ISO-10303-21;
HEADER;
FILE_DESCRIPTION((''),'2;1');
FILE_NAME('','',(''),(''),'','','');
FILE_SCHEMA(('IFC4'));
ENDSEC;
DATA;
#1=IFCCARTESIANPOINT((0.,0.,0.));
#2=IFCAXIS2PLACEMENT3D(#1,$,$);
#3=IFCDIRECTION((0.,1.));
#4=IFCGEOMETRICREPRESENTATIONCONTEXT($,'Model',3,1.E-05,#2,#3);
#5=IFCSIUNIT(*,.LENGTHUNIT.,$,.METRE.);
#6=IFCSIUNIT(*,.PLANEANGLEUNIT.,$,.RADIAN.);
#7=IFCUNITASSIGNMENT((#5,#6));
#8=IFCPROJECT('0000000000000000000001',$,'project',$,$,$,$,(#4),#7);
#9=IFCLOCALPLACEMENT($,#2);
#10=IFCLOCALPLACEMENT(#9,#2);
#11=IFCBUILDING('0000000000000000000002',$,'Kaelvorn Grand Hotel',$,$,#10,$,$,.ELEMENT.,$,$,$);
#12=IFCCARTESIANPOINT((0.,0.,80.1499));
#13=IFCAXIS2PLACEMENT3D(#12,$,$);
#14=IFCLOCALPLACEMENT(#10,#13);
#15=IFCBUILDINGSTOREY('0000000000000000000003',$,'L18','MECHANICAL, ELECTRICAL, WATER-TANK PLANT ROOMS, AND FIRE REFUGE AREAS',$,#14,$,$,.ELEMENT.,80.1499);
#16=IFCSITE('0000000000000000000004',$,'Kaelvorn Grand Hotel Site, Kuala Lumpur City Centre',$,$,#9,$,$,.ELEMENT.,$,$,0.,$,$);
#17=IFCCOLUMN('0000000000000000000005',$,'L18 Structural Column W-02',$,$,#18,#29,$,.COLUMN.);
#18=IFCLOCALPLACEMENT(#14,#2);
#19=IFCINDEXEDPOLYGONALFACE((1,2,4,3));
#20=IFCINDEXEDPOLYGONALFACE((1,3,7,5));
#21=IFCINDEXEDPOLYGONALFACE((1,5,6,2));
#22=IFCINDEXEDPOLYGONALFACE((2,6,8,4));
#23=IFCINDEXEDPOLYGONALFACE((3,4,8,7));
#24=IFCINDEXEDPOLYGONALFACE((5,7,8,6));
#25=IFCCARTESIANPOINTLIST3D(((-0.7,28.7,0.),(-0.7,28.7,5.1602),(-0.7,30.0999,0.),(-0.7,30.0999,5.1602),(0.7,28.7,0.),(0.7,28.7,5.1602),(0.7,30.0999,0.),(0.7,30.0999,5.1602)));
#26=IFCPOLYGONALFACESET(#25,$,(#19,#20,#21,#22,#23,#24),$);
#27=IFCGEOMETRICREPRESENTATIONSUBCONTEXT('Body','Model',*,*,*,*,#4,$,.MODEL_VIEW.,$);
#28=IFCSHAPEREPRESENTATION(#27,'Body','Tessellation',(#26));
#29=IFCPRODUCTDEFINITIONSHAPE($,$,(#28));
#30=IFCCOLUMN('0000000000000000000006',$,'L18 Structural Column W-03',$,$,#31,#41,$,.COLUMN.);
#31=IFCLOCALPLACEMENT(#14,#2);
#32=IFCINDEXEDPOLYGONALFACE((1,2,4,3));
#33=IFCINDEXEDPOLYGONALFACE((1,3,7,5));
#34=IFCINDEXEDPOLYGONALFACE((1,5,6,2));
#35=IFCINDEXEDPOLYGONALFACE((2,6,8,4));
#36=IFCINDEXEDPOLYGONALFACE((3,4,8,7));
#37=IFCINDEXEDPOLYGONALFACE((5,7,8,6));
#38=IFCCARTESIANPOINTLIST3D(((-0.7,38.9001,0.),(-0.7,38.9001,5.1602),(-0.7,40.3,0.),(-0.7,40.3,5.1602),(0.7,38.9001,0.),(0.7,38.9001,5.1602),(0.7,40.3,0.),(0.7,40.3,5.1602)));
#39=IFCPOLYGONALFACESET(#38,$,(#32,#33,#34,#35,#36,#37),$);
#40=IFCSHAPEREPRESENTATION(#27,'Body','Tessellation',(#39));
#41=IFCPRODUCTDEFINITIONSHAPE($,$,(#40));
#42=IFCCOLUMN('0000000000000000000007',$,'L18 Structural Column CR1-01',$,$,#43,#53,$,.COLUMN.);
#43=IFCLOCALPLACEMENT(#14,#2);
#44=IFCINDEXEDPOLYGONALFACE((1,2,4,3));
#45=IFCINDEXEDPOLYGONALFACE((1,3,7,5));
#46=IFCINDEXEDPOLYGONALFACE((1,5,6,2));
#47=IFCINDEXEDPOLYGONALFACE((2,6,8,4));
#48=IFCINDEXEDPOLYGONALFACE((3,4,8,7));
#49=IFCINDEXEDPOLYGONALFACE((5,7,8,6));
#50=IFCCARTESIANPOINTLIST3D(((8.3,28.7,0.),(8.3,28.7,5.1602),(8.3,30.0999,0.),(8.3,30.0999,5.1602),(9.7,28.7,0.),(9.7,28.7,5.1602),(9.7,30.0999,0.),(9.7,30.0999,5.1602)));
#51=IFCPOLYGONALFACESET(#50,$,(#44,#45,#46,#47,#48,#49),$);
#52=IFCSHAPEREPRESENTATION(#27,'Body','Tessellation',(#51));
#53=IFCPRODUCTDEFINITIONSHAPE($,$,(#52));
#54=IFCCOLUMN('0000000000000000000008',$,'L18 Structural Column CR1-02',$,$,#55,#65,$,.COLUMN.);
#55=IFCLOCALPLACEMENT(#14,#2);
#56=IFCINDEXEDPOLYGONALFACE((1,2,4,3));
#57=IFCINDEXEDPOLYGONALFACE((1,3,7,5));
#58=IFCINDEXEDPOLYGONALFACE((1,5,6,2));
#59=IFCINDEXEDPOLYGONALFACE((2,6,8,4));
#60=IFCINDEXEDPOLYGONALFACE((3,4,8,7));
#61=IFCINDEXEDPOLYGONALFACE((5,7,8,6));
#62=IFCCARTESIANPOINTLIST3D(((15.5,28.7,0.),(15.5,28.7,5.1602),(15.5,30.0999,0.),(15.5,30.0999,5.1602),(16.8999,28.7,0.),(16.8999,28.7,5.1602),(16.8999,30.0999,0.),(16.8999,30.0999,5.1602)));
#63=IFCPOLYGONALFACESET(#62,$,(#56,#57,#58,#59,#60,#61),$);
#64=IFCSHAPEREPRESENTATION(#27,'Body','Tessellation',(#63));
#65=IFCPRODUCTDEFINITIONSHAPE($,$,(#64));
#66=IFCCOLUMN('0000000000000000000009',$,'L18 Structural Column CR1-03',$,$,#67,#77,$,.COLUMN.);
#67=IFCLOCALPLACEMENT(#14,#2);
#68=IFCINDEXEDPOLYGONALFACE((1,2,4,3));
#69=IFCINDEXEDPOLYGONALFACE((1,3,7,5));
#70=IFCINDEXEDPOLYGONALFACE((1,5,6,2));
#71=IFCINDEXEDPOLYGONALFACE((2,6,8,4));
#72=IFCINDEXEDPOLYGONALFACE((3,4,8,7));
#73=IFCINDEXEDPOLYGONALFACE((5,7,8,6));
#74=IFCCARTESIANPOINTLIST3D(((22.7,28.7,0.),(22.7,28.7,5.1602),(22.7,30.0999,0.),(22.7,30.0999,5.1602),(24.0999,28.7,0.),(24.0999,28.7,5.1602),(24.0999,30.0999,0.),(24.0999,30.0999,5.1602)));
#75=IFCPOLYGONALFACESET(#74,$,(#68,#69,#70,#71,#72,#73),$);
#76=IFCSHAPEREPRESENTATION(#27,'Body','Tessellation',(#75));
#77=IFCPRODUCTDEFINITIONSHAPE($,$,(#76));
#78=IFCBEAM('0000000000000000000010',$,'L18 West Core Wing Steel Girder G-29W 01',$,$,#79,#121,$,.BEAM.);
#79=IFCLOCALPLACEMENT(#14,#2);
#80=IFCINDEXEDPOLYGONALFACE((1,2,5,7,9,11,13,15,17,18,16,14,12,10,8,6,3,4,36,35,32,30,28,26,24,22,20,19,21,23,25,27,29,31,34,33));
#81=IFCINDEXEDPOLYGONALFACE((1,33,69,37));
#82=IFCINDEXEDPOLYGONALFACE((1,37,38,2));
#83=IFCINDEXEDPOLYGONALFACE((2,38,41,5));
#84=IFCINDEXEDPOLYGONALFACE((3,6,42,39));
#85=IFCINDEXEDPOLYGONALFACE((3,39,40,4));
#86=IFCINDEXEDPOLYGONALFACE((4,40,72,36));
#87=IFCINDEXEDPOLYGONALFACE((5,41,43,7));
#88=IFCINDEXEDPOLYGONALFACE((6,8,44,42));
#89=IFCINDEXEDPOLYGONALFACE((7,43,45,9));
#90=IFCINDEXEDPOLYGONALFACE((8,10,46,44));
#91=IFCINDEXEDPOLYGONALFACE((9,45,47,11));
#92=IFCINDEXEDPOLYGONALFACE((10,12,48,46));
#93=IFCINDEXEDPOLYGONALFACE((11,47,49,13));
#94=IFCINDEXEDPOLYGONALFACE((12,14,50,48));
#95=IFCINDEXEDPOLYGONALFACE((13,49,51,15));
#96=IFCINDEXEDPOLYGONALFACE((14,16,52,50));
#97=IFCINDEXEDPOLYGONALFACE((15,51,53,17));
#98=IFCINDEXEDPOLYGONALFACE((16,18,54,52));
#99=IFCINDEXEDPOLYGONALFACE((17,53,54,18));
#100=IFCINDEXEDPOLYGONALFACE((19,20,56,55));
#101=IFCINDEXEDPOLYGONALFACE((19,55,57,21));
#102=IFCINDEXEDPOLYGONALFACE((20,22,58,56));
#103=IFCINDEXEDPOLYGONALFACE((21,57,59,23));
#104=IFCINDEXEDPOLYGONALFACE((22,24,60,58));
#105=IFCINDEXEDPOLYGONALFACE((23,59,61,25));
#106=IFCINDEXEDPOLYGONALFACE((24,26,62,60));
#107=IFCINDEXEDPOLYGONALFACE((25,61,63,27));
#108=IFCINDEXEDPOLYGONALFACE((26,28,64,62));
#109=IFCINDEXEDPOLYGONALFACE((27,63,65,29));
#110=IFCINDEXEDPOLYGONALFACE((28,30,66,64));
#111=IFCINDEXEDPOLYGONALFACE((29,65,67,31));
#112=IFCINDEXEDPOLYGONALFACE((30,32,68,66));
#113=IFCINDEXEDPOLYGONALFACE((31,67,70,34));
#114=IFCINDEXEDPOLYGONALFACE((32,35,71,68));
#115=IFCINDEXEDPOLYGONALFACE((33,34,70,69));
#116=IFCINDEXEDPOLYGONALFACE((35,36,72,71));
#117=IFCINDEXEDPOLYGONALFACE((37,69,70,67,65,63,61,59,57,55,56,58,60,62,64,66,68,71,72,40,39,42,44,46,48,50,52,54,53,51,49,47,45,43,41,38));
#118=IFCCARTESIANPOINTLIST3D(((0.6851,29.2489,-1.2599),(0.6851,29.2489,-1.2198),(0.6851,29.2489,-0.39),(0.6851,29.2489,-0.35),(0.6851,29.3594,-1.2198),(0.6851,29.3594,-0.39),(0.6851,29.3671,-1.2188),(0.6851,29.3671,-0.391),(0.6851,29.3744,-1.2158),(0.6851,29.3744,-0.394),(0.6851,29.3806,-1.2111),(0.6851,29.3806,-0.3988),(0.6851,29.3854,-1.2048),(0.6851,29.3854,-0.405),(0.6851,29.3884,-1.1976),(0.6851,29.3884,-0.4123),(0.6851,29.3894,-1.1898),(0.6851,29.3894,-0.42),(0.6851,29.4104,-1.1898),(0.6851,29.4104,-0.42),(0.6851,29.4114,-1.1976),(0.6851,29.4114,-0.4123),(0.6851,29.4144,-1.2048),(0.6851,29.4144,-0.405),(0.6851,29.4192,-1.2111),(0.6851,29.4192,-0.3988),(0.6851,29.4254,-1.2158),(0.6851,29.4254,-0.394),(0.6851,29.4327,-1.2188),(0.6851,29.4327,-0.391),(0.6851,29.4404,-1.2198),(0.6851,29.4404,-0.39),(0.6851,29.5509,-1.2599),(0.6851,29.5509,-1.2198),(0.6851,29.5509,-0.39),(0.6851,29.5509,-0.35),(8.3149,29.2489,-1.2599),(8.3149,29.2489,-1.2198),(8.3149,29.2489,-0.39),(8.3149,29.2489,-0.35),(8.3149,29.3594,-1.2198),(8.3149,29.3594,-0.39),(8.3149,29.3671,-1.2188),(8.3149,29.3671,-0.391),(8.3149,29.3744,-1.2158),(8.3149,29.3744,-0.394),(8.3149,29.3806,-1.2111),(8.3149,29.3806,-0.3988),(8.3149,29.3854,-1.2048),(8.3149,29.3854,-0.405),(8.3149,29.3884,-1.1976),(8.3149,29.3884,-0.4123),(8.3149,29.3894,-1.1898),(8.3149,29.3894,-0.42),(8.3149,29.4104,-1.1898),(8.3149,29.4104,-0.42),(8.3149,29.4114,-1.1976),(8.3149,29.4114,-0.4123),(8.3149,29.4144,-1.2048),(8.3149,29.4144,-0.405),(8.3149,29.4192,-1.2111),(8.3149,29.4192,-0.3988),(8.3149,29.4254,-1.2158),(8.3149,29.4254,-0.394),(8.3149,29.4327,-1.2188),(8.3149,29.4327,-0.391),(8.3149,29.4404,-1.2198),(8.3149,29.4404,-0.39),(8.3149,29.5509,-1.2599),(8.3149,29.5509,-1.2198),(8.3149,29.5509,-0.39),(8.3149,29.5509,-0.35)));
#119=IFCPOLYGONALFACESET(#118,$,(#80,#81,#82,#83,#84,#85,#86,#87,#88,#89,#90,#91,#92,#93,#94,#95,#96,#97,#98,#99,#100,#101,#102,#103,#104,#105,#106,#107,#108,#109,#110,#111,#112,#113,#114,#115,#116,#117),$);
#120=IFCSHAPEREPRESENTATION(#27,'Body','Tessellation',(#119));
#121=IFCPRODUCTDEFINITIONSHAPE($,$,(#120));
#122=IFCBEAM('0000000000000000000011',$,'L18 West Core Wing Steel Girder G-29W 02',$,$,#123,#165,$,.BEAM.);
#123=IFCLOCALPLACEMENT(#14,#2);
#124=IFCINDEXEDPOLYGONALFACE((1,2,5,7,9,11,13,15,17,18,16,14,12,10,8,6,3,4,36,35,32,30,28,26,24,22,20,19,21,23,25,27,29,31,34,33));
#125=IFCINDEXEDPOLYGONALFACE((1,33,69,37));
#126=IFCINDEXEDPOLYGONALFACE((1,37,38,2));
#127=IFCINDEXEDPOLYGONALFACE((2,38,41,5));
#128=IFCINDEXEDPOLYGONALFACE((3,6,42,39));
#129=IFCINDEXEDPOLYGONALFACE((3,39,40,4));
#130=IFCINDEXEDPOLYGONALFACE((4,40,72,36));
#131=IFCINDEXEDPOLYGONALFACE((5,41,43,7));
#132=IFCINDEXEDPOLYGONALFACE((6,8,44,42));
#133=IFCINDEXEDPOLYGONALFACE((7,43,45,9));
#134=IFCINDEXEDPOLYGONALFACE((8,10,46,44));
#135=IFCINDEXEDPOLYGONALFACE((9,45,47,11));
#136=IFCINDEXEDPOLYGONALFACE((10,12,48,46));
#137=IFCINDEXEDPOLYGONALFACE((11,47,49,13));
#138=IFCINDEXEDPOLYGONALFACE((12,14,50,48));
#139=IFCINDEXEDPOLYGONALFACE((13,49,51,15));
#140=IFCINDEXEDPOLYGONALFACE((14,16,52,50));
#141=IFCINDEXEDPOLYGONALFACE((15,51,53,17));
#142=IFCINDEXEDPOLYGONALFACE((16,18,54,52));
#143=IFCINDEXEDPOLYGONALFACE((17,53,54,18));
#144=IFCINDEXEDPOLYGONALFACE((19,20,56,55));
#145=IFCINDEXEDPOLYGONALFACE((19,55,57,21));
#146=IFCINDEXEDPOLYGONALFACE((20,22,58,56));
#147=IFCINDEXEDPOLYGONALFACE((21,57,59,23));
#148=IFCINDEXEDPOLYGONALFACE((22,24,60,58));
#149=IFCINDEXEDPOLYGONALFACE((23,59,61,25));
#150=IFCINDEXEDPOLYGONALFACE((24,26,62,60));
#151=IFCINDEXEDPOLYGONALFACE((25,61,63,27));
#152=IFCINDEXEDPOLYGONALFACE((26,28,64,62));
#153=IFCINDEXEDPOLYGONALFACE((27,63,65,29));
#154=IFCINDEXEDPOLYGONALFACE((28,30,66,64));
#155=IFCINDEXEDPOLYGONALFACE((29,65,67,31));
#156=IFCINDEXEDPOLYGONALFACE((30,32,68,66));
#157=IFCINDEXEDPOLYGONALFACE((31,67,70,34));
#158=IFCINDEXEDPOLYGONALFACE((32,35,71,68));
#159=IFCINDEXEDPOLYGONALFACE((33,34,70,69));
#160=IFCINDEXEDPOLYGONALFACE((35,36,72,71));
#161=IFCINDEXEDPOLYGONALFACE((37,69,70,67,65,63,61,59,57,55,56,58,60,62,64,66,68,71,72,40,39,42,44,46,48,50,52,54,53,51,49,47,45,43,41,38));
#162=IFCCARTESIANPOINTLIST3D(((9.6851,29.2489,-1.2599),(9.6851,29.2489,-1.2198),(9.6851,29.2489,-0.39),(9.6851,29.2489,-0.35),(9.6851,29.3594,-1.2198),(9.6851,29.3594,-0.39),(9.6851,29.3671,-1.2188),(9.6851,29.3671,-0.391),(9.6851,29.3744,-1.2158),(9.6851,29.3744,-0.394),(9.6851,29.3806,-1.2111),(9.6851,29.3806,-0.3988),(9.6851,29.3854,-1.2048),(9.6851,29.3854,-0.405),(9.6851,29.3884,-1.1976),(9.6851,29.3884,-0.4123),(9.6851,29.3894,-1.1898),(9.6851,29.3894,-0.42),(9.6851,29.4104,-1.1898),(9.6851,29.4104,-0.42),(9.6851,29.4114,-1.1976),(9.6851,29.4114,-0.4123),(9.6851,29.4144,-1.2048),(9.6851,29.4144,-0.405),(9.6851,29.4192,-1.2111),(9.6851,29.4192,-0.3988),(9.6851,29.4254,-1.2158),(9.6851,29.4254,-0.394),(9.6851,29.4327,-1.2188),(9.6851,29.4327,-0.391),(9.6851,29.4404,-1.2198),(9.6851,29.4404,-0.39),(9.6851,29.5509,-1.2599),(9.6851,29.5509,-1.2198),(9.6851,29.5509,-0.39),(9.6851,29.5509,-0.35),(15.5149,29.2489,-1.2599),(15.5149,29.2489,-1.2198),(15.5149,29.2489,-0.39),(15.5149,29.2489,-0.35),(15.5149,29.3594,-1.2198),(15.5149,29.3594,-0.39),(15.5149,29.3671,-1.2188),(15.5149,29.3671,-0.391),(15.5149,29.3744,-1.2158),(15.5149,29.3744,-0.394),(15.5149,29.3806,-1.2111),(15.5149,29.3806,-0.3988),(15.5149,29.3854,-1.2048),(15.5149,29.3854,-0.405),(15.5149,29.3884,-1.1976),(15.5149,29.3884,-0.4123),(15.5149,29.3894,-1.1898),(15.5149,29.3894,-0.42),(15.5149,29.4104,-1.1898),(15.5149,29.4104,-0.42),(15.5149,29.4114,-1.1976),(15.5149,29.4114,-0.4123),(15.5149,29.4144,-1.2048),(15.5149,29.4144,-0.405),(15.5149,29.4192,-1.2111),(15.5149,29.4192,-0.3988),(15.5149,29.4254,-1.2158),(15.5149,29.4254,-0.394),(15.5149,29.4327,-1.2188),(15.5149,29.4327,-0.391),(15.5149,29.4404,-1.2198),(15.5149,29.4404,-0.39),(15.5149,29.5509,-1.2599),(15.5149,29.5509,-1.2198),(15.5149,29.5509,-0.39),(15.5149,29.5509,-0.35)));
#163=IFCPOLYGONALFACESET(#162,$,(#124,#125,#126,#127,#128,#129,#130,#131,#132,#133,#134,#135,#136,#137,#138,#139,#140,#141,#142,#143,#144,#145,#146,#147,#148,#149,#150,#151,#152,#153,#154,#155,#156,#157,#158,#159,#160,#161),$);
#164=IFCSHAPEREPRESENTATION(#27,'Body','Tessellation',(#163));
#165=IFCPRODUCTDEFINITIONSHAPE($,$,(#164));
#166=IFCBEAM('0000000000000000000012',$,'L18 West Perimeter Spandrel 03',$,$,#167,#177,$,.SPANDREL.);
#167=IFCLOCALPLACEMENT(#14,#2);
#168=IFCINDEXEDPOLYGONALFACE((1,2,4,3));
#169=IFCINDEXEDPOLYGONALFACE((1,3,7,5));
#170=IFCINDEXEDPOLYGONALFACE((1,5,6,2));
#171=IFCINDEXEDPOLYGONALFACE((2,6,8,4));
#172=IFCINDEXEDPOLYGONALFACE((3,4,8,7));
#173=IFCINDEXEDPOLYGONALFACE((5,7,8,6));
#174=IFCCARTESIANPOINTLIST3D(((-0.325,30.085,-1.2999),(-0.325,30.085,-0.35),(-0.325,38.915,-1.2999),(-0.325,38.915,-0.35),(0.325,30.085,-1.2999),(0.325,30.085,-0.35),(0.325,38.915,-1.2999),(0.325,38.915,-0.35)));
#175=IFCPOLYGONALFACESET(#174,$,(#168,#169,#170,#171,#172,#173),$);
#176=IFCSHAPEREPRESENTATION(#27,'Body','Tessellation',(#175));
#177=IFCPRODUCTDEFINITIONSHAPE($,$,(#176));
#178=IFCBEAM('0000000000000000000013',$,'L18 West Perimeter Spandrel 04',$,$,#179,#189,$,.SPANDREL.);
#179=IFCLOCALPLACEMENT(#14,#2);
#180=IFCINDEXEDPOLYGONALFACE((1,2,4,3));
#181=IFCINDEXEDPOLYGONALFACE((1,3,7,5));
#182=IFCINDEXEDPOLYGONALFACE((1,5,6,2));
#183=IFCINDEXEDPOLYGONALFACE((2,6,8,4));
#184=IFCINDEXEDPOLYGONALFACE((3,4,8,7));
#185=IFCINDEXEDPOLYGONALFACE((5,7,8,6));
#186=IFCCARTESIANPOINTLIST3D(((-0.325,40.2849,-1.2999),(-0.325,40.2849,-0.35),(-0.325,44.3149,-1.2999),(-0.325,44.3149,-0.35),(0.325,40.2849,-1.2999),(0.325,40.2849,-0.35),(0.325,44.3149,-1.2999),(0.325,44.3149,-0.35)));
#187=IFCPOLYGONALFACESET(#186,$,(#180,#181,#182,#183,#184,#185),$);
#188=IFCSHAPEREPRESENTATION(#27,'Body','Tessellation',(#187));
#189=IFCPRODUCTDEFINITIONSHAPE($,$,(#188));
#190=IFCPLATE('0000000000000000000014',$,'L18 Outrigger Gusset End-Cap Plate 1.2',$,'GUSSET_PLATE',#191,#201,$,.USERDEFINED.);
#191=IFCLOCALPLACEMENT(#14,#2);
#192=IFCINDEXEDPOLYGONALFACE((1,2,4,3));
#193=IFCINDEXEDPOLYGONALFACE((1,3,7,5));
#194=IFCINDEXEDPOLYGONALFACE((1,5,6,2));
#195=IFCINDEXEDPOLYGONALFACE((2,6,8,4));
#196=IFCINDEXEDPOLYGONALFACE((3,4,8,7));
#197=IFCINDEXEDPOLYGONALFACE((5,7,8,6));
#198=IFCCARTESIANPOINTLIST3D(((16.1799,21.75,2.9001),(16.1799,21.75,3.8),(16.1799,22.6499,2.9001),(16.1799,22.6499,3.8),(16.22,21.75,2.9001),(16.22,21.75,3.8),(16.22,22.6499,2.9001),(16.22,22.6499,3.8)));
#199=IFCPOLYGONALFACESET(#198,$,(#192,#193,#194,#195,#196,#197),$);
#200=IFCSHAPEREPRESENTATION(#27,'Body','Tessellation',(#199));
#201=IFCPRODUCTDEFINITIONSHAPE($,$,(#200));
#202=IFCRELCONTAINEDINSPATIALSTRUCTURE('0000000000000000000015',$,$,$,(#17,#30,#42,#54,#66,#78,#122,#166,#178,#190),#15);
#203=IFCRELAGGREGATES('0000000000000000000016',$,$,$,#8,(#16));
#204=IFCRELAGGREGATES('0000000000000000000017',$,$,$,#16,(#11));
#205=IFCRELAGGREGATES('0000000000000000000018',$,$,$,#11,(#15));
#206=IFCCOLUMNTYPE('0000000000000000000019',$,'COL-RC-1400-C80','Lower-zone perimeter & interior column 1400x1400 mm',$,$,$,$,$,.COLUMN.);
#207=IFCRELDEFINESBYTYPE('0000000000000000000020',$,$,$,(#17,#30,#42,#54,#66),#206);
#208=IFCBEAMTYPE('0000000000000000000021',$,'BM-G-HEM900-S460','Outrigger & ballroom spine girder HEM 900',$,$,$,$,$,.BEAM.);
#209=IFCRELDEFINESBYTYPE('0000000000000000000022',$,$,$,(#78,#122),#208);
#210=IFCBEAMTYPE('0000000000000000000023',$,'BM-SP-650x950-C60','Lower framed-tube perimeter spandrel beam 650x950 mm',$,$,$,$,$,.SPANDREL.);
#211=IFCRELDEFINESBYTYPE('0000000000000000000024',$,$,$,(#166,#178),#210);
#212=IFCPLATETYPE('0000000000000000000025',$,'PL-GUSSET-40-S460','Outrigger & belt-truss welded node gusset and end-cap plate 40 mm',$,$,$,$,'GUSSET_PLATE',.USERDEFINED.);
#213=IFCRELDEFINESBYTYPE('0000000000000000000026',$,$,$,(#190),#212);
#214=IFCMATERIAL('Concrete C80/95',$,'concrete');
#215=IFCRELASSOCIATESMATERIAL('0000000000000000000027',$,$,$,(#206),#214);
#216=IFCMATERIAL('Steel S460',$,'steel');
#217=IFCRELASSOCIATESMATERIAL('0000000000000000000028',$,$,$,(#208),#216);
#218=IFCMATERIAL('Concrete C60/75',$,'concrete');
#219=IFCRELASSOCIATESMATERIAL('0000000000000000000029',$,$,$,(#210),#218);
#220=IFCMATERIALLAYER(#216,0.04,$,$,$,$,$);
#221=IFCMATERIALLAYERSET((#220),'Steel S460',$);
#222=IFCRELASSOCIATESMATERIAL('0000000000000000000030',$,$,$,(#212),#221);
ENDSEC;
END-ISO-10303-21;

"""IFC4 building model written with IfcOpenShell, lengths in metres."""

from ifc_helpers import new_model, si_unit, direction, frame, origin, origin_2d, place, context, subcontext, project, spatial, rectangle, i_section, extrude, material, layer, layer_set, material_profile, profile_set, type_object, element, save


model = new_model("IFC4")

# Units and contexts
model_context = context("Model", 3, precision=1e-05, world=origin(), true_north=direction((0.0, 1.0)))
body_context = subcontext(model_context, "Body", "Model", "MODEL_VIEW")
ifc_project = project(units=[si_unit("LENGTHUNIT", "METRE"), si_unit("PLANEANGLEUNIT", "RADIAN")], contexts=[model_context])

# Site, building, storey
site_placement = place(None, origin())
site = spatial("IfcSite", under=ifc_project, at=site_placement, Name="Kaelvorn Grand Hotel Site, Kuala Lumpur City Centre", CompositionType="ELEMENT", RefElevation=0.0)
building_placement = place(site_placement, origin())
building = spatial("IfcBuilding", under=site, at=building_placement, Name="Kaelvorn Grand Hotel", CompositionType="ELEMENT")
storey_placement = place(building_placement, frame((0.0, 0.0, 80.1499)))
storey = spatial("IfcBuildingStorey", under=building, at=storey_placement, Name="L18", Description="MECHANICAL, ELECTRICAL, WATER-TANK PLANT ROOMS, AND FIRE REFUGE AREAS", CompositionType="ELEMENT", Elevation=80.1499)

# Columns
ifc_material_1 = material(Name="Concrete C80/95", Category="concrete")
ifc_material_profile_1 = material_profile(ifc_material_1, rectangle(XDim=1.3999, YDim=1.3999, at=origin_2d()), Name="RC COL 1400x1400")
ifc_profile_set_1 = profile_set([ifc_material_profile_1], Name="Concrete C80/95")
column_type = type_object("IfcColumnType", Name="COL-RC-1400-C80", Description="Lower-zone perimeter & interior column 1400x1400 mm", PredefinedType="COLUMN", material=ifc_profile_set_1)
for number, where, z_axis, x_axis, name in (
    (1, (0.0, 29.3999, 0.0), (0.0, 0.0, 1.0), (1.0, 0.0, 0.0), "L18 Structural Column W-02"),
    (2, (0.0, 39.6001, 0.0), (0.0, 0.0, 1.0), (1.0, 0.0, 0.0), "L18 Structural Column W-03"),
    (3, (9.0, 29.3999, 0.0), (0.0, 0.0, 1.0), (1.0, 0.0, 0.0), "L18 Structural Column CR1-01"),
    (4, (16.2, 29.3999, 0.0), (0.0, 0.0, 1.0), (1.0, 0.0, 0.0), "L18 Structural Column CR1-02"),
    (5, (23.3999, 29.3999, 0.0), (0.0, 0.0, 1.0), (1.0, 0.0, 0.0), "L18 Structural Column CR1-03"),
):
    element("IfcColumn", number, at=place(storey_placement, frame(where, z_axis=z_axis, x_axis=x_axis)), inside=storey, type_object=column_type, Name=name, PredefinedType="COLUMN", context=body_context, shape_type="SweptSolid", body=[
        extrude(rectangle(XDim=1.3999, YDim=1.3999, at=origin_2d()), origin(), (0.0, 0.0, 1.0), 5.1602),
    ])

# Beams
ifc_material_2 = material(Name="Steel S460", Category="steel")
ifc_material_profile_2 = material_profile(ifc_material_2, i_section(OverallWidth=0.302, OverallDepth=0.9099, WebThickness=0.021, FlangeThickness=0.04, FilletRadius=0.03, at=origin_2d()), Name="HEM 900")
ifc_profile_set_2 = profile_set([ifc_material_profile_2], Name="Steel S460")
beam_type_1 = type_object("IfcBeamType", Name="BM-G-HEM900-S460", Description="Outrigger & ballroom spine girder HEM 900", PredefinedType="BEAM", material=ifc_profile_set_2)
beam_1_placement = place(storey_placement, frame((0.6851, 29.3999, -0.8049), z_axis=(1.0, 0.0, 0.0), x_axis=(0.0, 1.0, 0.0)))
element("IfcBeam", 6, at=beam_1_placement, inside=storey, type_object=beam_type_1, Name="L18 West Core Wing Steel Girder G-29W 01", PredefinedType="BEAM", context=body_context, shape_type="SweptSolid", body=[
    extrude(i_section(OverallWidth=0.302, OverallDepth=0.9099, WebThickness=0.021, FlangeThickness=0.04, FilletRadius=0.03, at=origin_2d()), origin(), (0.0, 0.0, 1.0), 7.6299),
])
beam_2_placement = place(storey_placement, frame((9.6851, 29.3999, -0.8049), z_axis=(1.0, 0.0, 0.0), x_axis=(0.0, 1.0, 0.0)))
element("IfcBeam", 7, at=beam_2_placement, inside=storey, type_object=beam_type_1, Name="L18 West Core Wing Steel Girder G-29W 02", PredefinedType="BEAM", context=body_context, shape_type="SweptSolid", body=[
    extrude(i_section(OverallWidth=0.302, OverallDepth=0.9099, WebThickness=0.021, FlangeThickness=0.04, FilletRadius=0.03, at=origin_2d()), origin(), (0.0, 0.0, 1.0), 5.8298),
])
ifc_material_3 = material(Name="Concrete C60/75", Category="concrete")
ifc_material_profile_3 = material_profile(ifc_material_3, rectangle(XDim=0.6499, YDim=0.95, at=origin_2d()), Name="RC SPANDREL 650x950")
ifc_profile_set_3 = profile_set([ifc_material_profile_3], Name="Concrete C60/75")
beam_type_2 = type_object("IfcBeamType", Name="BM-SP-650x950-C60", Description="Lower framed-tube perimeter spandrel beam 650x950 mm", PredefinedType="SPANDREL", material=ifc_profile_set_3)
beam_3_placement = place(storey_placement, frame((0.0, 30.085, -0.825), z_axis=(0.0, 1.0, 0.0), x_axis=(-1.0, 0.0, 0.0)))
element("IfcBeam", 8, at=beam_3_placement, inside=storey, type_object=beam_type_2, Name="L18 West Perimeter Spandrel 03", PredefinedType="SPANDREL", context=body_context, shape_type="SweptSolid", body=[
    extrude(rectangle(XDim=0.6499, YDim=0.95, at=origin_2d()), origin(), (0.0, 0.0, 1.0), 8.8301),
])
beam_4_placement = place(storey_placement, frame((0.0, 40.2849, -0.825), z_axis=(0.0, 1.0, 0.0), x_axis=(-1.0, 0.0, 0.0)))
element("IfcBeam", 9, at=beam_4_placement, inside=storey, type_object=beam_type_2, Name="L18 West Perimeter Spandrel 04", PredefinedType="SPANDREL", context=body_context, shape_type="SweptSolid", body=[
    extrude(rectangle(XDim=0.6499, YDim=0.95, at=origin_2d()), origin(), (0.0, 0.0, 1.0), 4.03),
])

# Plate
ifc_layer_1 = layer(ifc_material_2, 0.04)
ifc_layer_set_1 = layer_set([ifc_layer_1], Name="Steel S460")
plate_type = type_object("IfcPlateType", Name="PL-GUSSET-40-S460", Description="Outrigger & belt-truss welded node gusset and end-cap plate 40 mm", ElementType="GUSSET_PLATE", PredefinedType="USERDEFINED", material=ifc_layer_set_1)
plate_placement = place(storey_placement, frame((16.2, 22.2, 2.9001), z_axis=(0.0, 0.0, 1.0), x_axis=(1.0, 0.0, 0.0)))
element("IfcPlate", 10, at=plate_placement, inside=storey, type_object=plate_type, Name="L18 Outrigger Gusset End-Cap Plate 1.2", ObjectType="GUSSET_PLATE", PredefinedType="USERDEFINED", context=body_context, shape_type="SweptSolid", body=[
    extrude(rectangle(XDim=0.04, YDim=0.8999, at=origin_2d()), origin(), (0.0, 0.0, 1.0), 0.8999),
])

save(model, "model.ifc")
